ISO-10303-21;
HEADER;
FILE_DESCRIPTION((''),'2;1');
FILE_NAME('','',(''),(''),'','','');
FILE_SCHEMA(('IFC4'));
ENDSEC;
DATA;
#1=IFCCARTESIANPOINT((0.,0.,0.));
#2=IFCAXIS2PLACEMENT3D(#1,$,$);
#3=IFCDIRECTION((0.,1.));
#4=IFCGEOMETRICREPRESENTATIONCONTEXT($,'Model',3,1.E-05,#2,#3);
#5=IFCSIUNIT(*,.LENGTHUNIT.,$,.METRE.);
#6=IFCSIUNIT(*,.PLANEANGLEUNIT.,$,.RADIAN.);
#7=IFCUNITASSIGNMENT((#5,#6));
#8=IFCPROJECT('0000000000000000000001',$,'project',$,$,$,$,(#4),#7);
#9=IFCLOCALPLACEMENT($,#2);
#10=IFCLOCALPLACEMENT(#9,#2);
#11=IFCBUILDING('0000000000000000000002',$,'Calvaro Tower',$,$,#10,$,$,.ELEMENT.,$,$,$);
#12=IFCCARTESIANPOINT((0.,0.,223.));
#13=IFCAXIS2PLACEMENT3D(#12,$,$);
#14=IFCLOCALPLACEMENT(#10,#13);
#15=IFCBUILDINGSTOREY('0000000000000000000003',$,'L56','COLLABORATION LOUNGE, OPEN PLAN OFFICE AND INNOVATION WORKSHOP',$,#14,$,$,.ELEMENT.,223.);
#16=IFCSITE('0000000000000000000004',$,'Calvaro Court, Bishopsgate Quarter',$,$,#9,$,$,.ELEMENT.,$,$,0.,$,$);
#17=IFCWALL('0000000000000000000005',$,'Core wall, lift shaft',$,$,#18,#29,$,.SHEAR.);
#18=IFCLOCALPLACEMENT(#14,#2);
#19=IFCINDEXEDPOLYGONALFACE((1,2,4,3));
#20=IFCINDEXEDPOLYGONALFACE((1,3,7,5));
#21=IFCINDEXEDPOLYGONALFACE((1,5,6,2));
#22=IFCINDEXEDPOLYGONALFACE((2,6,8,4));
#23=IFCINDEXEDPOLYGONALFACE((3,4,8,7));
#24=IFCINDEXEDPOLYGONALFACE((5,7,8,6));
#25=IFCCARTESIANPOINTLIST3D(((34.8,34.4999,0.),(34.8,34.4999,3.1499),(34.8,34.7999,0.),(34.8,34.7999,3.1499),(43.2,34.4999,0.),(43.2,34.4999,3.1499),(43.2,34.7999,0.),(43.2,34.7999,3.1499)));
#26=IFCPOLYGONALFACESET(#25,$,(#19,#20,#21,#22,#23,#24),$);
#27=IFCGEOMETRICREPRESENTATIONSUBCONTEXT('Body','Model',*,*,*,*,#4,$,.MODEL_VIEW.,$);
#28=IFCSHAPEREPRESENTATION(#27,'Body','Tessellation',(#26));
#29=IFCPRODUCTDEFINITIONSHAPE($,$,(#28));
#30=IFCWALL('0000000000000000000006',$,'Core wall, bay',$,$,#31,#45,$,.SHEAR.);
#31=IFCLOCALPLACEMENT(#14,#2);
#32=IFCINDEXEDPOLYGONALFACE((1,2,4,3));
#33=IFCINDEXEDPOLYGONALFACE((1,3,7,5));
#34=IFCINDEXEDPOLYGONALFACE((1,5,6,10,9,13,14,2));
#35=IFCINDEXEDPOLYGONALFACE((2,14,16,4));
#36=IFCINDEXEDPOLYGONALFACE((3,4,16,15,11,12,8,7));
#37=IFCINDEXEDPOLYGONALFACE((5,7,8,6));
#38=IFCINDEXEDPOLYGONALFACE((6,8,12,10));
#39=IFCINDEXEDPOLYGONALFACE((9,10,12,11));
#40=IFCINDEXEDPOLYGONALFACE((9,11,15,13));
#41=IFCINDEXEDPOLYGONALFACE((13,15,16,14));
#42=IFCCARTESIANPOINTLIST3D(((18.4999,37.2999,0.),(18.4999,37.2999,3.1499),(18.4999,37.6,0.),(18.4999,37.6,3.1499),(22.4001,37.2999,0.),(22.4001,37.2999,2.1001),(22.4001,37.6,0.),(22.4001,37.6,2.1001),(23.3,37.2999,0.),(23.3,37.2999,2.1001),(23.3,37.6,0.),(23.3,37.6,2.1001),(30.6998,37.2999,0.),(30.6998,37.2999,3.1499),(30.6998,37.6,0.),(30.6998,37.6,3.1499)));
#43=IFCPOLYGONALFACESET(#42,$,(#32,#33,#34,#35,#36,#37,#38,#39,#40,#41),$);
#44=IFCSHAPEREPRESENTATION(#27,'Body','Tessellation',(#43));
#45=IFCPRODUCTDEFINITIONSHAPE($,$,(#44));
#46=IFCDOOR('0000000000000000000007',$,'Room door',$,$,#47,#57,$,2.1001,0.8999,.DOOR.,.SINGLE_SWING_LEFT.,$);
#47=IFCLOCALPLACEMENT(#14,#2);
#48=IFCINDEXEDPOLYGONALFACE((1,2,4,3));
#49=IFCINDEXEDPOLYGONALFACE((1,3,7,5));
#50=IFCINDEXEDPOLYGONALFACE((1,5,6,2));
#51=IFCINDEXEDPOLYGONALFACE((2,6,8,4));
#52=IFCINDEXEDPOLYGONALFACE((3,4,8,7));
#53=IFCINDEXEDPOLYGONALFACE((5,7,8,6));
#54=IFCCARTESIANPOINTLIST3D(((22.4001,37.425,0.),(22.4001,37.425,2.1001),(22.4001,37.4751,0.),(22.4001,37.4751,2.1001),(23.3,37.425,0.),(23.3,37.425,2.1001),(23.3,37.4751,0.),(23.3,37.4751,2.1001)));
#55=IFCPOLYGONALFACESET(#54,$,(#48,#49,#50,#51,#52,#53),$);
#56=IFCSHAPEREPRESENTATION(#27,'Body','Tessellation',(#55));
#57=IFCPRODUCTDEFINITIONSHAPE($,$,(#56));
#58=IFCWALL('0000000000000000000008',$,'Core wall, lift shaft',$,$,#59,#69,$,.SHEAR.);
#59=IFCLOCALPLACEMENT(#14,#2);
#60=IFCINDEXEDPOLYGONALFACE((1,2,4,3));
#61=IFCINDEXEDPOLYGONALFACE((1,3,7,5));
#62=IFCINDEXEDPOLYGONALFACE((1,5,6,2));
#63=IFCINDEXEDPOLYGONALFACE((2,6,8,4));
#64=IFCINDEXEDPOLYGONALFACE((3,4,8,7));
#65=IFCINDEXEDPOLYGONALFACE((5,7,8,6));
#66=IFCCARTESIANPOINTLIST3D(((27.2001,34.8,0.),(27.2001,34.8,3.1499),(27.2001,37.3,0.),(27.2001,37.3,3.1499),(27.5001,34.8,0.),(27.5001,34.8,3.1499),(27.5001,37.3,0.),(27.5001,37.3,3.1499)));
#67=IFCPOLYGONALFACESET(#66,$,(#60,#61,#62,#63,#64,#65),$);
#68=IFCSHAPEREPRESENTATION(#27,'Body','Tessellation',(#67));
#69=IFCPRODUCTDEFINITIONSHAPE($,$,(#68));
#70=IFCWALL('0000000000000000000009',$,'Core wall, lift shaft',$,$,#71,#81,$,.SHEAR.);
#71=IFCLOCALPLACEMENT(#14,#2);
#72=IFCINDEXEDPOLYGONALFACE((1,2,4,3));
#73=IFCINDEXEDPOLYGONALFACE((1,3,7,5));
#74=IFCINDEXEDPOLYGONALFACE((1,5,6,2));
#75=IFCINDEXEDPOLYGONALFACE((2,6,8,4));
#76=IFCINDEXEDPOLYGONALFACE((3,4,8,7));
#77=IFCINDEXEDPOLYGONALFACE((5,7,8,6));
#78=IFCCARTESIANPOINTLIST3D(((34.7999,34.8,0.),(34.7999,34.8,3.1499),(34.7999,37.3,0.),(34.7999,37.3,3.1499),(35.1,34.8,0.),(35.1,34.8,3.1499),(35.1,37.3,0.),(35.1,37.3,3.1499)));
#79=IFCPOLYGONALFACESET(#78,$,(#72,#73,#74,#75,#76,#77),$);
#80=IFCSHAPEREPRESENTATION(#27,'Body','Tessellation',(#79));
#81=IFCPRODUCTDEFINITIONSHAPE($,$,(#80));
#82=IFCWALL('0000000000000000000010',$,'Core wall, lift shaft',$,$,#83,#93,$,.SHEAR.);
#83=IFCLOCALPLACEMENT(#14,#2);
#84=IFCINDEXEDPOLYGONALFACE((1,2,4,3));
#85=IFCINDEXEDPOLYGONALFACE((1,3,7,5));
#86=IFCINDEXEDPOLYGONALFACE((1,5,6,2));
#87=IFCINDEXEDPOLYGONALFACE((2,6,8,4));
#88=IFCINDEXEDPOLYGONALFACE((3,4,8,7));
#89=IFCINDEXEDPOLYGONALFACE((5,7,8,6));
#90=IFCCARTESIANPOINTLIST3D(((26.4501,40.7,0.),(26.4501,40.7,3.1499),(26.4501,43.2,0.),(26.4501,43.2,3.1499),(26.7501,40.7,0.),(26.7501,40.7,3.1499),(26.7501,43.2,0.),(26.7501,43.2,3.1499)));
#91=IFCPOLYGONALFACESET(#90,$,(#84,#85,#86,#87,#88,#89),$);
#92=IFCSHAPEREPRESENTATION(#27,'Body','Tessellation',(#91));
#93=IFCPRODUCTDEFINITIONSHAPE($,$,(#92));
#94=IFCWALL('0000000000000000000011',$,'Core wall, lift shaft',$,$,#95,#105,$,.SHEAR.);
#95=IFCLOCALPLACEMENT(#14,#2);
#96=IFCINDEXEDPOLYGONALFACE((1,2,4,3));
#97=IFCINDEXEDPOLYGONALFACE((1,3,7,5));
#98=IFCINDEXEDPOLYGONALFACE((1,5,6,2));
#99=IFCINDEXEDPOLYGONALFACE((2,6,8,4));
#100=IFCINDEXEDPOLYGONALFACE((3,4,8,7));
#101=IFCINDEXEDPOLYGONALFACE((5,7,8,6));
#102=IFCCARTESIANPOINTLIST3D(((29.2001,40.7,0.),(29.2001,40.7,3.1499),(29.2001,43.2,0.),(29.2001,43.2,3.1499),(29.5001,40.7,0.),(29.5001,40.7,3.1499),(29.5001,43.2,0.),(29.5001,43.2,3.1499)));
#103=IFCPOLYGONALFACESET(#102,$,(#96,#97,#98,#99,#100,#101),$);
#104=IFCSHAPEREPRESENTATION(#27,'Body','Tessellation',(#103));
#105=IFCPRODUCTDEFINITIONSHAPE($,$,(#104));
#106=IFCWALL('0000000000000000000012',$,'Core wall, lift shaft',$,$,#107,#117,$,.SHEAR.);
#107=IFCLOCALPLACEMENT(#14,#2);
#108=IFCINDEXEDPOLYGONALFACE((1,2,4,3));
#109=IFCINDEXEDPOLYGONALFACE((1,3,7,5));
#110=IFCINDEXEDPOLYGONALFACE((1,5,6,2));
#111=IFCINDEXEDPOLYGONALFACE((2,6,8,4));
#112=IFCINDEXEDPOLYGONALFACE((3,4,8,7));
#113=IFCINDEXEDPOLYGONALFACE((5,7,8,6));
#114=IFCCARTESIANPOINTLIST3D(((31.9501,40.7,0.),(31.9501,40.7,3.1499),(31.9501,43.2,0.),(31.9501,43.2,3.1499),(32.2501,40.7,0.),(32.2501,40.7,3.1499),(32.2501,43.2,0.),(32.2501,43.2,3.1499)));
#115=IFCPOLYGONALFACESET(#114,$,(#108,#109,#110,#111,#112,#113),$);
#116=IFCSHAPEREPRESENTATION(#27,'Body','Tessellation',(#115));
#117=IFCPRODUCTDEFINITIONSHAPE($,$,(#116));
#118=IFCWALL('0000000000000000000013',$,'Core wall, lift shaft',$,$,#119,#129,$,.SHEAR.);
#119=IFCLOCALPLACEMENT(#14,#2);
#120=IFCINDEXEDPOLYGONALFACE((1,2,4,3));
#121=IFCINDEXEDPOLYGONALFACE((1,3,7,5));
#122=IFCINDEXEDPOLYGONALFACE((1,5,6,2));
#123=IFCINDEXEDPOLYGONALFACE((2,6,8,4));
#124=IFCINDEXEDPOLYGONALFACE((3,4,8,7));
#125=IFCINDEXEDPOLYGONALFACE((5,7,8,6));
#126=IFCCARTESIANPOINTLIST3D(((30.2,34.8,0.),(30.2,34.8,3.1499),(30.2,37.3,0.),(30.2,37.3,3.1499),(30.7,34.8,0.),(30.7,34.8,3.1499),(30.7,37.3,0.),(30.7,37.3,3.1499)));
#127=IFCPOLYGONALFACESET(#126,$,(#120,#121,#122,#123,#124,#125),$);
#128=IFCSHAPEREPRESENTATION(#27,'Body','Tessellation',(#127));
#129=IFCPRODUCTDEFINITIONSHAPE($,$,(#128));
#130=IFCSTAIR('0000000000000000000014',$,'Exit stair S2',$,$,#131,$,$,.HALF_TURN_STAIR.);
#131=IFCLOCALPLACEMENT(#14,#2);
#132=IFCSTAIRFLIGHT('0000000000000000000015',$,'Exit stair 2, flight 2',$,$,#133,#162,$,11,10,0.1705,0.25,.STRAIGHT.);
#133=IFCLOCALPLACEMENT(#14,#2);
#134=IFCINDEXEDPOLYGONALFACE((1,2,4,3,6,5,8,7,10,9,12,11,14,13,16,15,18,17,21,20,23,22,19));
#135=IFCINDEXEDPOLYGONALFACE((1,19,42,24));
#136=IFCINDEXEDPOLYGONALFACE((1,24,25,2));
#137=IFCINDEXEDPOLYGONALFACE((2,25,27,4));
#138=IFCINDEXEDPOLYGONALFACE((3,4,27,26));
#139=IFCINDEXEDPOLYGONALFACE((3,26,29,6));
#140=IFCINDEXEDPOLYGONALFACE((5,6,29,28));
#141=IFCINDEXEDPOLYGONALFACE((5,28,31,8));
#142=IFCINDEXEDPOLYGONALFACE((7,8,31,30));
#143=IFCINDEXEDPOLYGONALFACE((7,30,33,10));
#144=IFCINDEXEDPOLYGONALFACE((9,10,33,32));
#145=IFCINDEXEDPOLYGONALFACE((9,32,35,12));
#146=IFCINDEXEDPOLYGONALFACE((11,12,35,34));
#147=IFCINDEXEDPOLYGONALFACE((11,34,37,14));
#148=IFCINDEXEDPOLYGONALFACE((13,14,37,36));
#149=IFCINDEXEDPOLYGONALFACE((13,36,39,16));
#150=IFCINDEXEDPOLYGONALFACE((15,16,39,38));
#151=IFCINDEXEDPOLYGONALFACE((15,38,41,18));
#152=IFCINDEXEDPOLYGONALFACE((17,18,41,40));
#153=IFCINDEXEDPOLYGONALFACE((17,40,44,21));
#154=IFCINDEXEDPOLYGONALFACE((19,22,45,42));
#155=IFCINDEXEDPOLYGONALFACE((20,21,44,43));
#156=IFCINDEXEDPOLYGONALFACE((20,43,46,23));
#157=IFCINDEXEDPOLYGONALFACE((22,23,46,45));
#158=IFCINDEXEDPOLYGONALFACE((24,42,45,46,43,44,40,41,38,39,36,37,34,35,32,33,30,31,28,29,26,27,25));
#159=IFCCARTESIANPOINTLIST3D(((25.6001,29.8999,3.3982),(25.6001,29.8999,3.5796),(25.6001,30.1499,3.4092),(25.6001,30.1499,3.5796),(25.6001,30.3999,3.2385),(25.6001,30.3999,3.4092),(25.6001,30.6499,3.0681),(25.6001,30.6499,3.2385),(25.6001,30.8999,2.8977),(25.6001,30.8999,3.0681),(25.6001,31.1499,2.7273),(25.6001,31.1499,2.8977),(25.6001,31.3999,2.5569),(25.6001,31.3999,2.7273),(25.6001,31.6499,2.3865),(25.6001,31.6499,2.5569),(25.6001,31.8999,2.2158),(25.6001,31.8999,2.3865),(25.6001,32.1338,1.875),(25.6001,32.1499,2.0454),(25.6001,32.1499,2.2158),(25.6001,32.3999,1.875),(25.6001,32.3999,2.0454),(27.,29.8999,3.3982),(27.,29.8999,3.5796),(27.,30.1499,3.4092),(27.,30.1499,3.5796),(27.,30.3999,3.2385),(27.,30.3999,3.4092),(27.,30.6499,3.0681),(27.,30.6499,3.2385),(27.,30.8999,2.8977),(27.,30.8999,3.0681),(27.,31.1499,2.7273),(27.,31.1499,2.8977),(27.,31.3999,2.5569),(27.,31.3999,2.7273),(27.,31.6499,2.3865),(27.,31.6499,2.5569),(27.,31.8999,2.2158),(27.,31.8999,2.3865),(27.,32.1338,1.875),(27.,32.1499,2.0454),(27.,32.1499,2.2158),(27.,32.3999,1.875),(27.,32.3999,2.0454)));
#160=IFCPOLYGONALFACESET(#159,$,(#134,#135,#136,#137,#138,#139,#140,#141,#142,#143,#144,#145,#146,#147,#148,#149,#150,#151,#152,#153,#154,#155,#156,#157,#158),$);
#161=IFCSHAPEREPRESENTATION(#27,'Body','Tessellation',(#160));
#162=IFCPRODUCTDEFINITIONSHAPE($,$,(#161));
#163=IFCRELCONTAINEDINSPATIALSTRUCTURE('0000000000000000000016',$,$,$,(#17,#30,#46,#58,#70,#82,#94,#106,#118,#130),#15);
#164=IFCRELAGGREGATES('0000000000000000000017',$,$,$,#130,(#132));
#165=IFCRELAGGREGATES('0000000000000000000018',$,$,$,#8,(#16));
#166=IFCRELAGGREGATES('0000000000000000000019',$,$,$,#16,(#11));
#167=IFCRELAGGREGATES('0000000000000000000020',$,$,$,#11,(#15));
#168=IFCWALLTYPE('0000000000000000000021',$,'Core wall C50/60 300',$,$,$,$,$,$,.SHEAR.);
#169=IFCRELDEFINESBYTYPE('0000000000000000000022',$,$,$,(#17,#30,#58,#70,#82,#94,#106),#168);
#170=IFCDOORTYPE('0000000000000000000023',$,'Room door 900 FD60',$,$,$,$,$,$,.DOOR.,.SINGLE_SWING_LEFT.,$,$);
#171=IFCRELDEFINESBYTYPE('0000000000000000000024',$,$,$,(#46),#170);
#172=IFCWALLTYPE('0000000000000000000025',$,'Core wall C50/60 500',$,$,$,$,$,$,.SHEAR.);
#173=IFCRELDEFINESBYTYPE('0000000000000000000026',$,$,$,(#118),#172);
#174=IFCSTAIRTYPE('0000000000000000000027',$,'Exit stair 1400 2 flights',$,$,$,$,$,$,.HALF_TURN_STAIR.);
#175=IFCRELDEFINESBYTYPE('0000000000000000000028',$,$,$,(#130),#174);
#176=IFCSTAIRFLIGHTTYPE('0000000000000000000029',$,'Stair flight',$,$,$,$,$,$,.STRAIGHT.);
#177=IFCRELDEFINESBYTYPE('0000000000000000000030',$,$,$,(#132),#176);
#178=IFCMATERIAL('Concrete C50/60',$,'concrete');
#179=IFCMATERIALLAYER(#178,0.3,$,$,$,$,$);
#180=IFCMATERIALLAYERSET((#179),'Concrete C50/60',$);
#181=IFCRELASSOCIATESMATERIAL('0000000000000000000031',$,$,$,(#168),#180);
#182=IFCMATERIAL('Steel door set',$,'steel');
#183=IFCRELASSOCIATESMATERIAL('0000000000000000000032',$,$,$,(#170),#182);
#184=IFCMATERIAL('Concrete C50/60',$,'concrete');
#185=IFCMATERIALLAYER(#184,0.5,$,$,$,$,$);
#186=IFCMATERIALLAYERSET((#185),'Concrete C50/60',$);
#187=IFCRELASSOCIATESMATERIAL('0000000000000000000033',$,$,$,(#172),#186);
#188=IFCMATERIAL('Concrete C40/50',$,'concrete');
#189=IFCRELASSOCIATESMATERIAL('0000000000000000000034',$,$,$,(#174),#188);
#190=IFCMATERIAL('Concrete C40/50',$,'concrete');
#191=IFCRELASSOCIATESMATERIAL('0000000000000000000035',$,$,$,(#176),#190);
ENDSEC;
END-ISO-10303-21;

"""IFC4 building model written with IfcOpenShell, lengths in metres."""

from ifc_helpers import new_model, si_unit, direction, frame, frame_2d, origin, place, context, subcontext, project, spatial, polyline, rectangle, outline, extrude, material, layer, layer_set, type_object, element, fill, aggregate, save


model = new_model("IFC4")

# Units and contexts
model_context = context("Model", 3, precision=1e-05, world=origin(), true_north=direction((0.0, 1.0)))
body_context = subcontext(model_context, "Body", "Model", "MODEL_VIEW")
ifc_project = project(units=[si_unit("LENGTHUNIT", "METRE"), si_unit("PLANEANGLEUNIT", "RADIAN")], contexts=[model_context])

# Site, building, storey
site_placement = place(None, origin())
site = spatial("IfcSite", under=ifc_project, at=site_placement, Name="Calvaro Court, Bishopsgate Quarter", CompositionType="ELEMENT", RefElevation=0.0)
building_placement = place(site_placement, origin())
building = spatial("IfcBuilding", under=site, at=building_placement, Name="Calvaro Tower", CompositionType="ELEMENT")
storey_placement = place(building_placement, frame((0.0, 0.0, 223.0)))
storey = spatial("IfcBuildingStorey", under=building, at=storey_placement, Name="L56", Description="COLLABORATION LOUNGE, OPEN PLAN OFFICE AND INNOVATION WORKSHOP", CompositionType="ELEMENT", Elevation=223.0)

# Wall
ifc_material_1 = material(Name="Concrete C50/60", Category="concrete")
ifc_layer_1 = layer(ifc_material_1, 0.3)
ifc_layer_set_1 = layer_set([ifc_layer_1], Name="Concrete C50/60")
wall_type_1 = type_object("IfcWallType", Name="Core wall C50/60 300", PredefinedType="SHEAR", material=ifc_layer_set_1)
wall_1_placement = place(storey_placement, frame((34.8, 34.6499, 0.0), z_axis=(0.0, 0.0, 1.0), x_axis=(1.0, 0.0, 0.0)))
element("IfcWall", 1, at=wall_1_placement, inside=storey, type_object=wall_type_1, Name="Core wall, lift shaft", PredefinedType="SHEAR", context=body_context, shape_type="SweptSolid", body=[
    extrude(rectangle(XDim=8.3999, YDim=0.3, at=frame_2d((4.2, 0.0))), origin(), (0.0, 0.0, 1.0), 3.1499),
])

# Wall, opening, door
wall_2_placement = place(storey_placement, frame((30.7, 37.45, 0.0), z_axis=(0.0, 0.0, 1.0), x_axis=(-1.0, 0.0, 0.0)))
wall_2 = element("IfcWall", 2, at=wall_2_placement, inside=storey, type_object=wall_type_1, Name="Core wall, bay", PredefinedType="SHEAR", context=body_context, shape_type="SweptSolid", body=[
    extrude(rectangle(XDim=12.2, YDim=0.3, at=frame_2d((6.1001, 0.0))), origin(), (0.0, 0.0, 1.0), 3.1499),
])
opening_placement = place(wall_2_placement, frame((7.3999, 0.0, 0.0)))
opening = element("IfcOpeningElement", 3, at=opening_placement, cuts=wall_2, PredefinedType="OPENING", context=body_context, shape_type="SweptSolid", body=[
    extrude(rectangle(XDim=0.8999, YDim=2.1001, at=frame_2d((0.45, 1.05))), frame((0.0, 0.1599, 0.0), z_axis=(0.0, -1.0, 0.0), x_axis=(1.0, 0.0, 0.0)), (0.0, 0.0, 1.0), 0.3201),
])
ifc_material_2 = material(Name="Steel door set", Category="steel")
door_type = type_object("IfcDoorType", Name="Room door 900 FD60", OperationType="SINGLE_SWING_LEFT", PredefinedType="DOOR", material=ifc_material_2)
door_placement = place(opening_placement, origin())
door = element("IfcDoor", 4, at=door_placement, inside=storey, type_object=door_type, Name="Room door", OperationType="SINGLE_SWING_LEFT", OverallHeight=2.1001, OverallWidth=0.8999, PredefinedType="DOOR", context=body_context, shape_type="SweptSolid", body=[
    extrude(rectangle(XDim=0.8999, YDim=2.1001, at=frame_2d((0.45, 1.05))), frame((0.0, 0.0249, 0.0), z_axis=(0.0, -1.0, 0.0), x_axis=(1.0, 0.0, 0.0)), (0.0, 0.0, 1.0), 0.05),
])
fill(opening, door)

# Walls
for number, where, z_axis, x_axis, name in (
    (5, (27.3501, 34.8, 0.0), (0.0, 0.0, 1.0), (0.0, 1.0, 0.0), "Core wall, lift shaft"),
    (6, (34.95, 34.8, 0.0), (0.0, 0.0, 1.0), (0.0, 1.0, 0.0), "Core wall, lift shaft"),
    (7, (26.6001, 40.7, 0.0), (0.0, 0.0, 1.0), (0.0, 1.0, 0.0), "Core wall, lift shaft"),
    (8, (29.3501, 40.7, 0.0), (0.0, 0.0, 1.0), (0.0, 1.0, 0.0), "Core wall, lift shaft"),
    (9, (32.1001, 40.7, 0.0), (0.0, 0.0, 1.0), (0.0, 1.0, 0.0), "Core wall, lift shaft"),
):
    element("IfcWall", number, at=place(storey_placement, frame(where, z_axis=z_axis, x_axis=x_axis)), inside=storey, type_object=wall_type_1, Name=name, PredefinedType="SHEAR", context=body_context, shape_type="SweptSolid", body=[
        extrude(rectangle(XDim=2.5, YDim=0.3, at=frame_2d((1.25, 0.0))), origin(), (0.0, 0.0, 1.0), 3.1499),
    ])
ifc_material_3 = material(Name="Concrete C50/60", Category="concrete")
ifc_layer_2 = layer(ifc_material_3, 0.5)
ifc_layer_set_2 = layer_set([ifc_layer_2], Name="Concrete C50/60")
wall_type_2 = type_object("IfcWallType", Name="Core wall C50/60 500", PredefinedType="SHEAR", material=ifc_layer_set_2)
wall_3_placement = place(storey_placement, frame((30.45, 34.8, 0.0), z_axis=(0.0, 0.0, 1.0), x_axis=(0.0, 1.0, 0.0)))
element("IfcWall", 10, at=wall_3_placement, inside=storey, type_object=wall_type_2, Name="Core wall, lift shaft", PredefinedType="SHEAR", context=body_context, shape_type="SweptSolid", body=[
    extrude(rectangle(XDim=2.5, YDim=0.5, at=frame_2d((1.25, 0.0))), origin(), (0.0, 0.0, 1.0), 3.1499),
])

# Stair, stair flight
ifc_material_4 = material(Name="Concrete C40/50", Category="concrete")
stair_type = type_object("IfcStairType", Name="Exit stair 1400 2 flights", PredefinedType="HALF_TURN_STAIR", material=ifc_material_4)
stair_placement = place(storey_placement, origin())
stair = element("IfcStair", 11, at=stair_placement, inside=storey, type_object=stair_type, Name="Exit stair S2", PredefinedType="HALF_TURN_STAIR")
ifc_material_5 = material(Name="Concrete C40/50", Category="concrete")
stair_flight_type = type_object("IfcStairFlightType", Name="Stair flight", PredefinedType="STRAIGHT", material=ifc_material_5)
stair_flight_placement = place(storey_placement, frame((26.3, 32.3999, 1.875), z_axis=(0.0, 0.0, 1.0), x_axis=(0.0, -1.0, 0.0)))
stair_flight = element("IfcStairFlight", 12, at=stair_flight_placement, type_object=stair_flight_type, Name="Exit stair 2, flight 2", NumberOfRisers=11, NumberOfTreads=10, PredefinedType="STRAIGHT", RiserHeight=0.1705, TreadLength=0.25, context=body_context, shape_type="SweptSolid", body=[
    extrude(outline(polyline([(0.0, 0.0), (0.0, 0.1704), (0.25, 0.1704), (0.25, 0.3408), (0.5, 0.3408), (0.5, 0.5115), (0.75, 0.5115), (0.75, 0.6819), (1.0, 0.6819), (1.0, 0.8523), (1.25, 0.8523), (1.25, 1.0227), (1.5, 1.0227), (1.5, 1.1931), (1.75, 1.1931), (1.75, 1.3635), (2.0, 1.3635), (2.0, 1.5342), (2.25, 1.5342), (2.25, 1.7046), (2.5, 1.7046), (2.5, 1.875), (2.5, 1.5232), (0.2661, 0.0), (0.0, 0.0)])), frame((0.0, 0.7, 0.0), z_axis=(0.0, -1.0, 0.0), x_axis=(1.0, 0.0, 0.0)), (0.0, 0.0, 1.0), 1.3999),
])
aggregate(stair, [stair_flight])

save(model, "model.ifc")
